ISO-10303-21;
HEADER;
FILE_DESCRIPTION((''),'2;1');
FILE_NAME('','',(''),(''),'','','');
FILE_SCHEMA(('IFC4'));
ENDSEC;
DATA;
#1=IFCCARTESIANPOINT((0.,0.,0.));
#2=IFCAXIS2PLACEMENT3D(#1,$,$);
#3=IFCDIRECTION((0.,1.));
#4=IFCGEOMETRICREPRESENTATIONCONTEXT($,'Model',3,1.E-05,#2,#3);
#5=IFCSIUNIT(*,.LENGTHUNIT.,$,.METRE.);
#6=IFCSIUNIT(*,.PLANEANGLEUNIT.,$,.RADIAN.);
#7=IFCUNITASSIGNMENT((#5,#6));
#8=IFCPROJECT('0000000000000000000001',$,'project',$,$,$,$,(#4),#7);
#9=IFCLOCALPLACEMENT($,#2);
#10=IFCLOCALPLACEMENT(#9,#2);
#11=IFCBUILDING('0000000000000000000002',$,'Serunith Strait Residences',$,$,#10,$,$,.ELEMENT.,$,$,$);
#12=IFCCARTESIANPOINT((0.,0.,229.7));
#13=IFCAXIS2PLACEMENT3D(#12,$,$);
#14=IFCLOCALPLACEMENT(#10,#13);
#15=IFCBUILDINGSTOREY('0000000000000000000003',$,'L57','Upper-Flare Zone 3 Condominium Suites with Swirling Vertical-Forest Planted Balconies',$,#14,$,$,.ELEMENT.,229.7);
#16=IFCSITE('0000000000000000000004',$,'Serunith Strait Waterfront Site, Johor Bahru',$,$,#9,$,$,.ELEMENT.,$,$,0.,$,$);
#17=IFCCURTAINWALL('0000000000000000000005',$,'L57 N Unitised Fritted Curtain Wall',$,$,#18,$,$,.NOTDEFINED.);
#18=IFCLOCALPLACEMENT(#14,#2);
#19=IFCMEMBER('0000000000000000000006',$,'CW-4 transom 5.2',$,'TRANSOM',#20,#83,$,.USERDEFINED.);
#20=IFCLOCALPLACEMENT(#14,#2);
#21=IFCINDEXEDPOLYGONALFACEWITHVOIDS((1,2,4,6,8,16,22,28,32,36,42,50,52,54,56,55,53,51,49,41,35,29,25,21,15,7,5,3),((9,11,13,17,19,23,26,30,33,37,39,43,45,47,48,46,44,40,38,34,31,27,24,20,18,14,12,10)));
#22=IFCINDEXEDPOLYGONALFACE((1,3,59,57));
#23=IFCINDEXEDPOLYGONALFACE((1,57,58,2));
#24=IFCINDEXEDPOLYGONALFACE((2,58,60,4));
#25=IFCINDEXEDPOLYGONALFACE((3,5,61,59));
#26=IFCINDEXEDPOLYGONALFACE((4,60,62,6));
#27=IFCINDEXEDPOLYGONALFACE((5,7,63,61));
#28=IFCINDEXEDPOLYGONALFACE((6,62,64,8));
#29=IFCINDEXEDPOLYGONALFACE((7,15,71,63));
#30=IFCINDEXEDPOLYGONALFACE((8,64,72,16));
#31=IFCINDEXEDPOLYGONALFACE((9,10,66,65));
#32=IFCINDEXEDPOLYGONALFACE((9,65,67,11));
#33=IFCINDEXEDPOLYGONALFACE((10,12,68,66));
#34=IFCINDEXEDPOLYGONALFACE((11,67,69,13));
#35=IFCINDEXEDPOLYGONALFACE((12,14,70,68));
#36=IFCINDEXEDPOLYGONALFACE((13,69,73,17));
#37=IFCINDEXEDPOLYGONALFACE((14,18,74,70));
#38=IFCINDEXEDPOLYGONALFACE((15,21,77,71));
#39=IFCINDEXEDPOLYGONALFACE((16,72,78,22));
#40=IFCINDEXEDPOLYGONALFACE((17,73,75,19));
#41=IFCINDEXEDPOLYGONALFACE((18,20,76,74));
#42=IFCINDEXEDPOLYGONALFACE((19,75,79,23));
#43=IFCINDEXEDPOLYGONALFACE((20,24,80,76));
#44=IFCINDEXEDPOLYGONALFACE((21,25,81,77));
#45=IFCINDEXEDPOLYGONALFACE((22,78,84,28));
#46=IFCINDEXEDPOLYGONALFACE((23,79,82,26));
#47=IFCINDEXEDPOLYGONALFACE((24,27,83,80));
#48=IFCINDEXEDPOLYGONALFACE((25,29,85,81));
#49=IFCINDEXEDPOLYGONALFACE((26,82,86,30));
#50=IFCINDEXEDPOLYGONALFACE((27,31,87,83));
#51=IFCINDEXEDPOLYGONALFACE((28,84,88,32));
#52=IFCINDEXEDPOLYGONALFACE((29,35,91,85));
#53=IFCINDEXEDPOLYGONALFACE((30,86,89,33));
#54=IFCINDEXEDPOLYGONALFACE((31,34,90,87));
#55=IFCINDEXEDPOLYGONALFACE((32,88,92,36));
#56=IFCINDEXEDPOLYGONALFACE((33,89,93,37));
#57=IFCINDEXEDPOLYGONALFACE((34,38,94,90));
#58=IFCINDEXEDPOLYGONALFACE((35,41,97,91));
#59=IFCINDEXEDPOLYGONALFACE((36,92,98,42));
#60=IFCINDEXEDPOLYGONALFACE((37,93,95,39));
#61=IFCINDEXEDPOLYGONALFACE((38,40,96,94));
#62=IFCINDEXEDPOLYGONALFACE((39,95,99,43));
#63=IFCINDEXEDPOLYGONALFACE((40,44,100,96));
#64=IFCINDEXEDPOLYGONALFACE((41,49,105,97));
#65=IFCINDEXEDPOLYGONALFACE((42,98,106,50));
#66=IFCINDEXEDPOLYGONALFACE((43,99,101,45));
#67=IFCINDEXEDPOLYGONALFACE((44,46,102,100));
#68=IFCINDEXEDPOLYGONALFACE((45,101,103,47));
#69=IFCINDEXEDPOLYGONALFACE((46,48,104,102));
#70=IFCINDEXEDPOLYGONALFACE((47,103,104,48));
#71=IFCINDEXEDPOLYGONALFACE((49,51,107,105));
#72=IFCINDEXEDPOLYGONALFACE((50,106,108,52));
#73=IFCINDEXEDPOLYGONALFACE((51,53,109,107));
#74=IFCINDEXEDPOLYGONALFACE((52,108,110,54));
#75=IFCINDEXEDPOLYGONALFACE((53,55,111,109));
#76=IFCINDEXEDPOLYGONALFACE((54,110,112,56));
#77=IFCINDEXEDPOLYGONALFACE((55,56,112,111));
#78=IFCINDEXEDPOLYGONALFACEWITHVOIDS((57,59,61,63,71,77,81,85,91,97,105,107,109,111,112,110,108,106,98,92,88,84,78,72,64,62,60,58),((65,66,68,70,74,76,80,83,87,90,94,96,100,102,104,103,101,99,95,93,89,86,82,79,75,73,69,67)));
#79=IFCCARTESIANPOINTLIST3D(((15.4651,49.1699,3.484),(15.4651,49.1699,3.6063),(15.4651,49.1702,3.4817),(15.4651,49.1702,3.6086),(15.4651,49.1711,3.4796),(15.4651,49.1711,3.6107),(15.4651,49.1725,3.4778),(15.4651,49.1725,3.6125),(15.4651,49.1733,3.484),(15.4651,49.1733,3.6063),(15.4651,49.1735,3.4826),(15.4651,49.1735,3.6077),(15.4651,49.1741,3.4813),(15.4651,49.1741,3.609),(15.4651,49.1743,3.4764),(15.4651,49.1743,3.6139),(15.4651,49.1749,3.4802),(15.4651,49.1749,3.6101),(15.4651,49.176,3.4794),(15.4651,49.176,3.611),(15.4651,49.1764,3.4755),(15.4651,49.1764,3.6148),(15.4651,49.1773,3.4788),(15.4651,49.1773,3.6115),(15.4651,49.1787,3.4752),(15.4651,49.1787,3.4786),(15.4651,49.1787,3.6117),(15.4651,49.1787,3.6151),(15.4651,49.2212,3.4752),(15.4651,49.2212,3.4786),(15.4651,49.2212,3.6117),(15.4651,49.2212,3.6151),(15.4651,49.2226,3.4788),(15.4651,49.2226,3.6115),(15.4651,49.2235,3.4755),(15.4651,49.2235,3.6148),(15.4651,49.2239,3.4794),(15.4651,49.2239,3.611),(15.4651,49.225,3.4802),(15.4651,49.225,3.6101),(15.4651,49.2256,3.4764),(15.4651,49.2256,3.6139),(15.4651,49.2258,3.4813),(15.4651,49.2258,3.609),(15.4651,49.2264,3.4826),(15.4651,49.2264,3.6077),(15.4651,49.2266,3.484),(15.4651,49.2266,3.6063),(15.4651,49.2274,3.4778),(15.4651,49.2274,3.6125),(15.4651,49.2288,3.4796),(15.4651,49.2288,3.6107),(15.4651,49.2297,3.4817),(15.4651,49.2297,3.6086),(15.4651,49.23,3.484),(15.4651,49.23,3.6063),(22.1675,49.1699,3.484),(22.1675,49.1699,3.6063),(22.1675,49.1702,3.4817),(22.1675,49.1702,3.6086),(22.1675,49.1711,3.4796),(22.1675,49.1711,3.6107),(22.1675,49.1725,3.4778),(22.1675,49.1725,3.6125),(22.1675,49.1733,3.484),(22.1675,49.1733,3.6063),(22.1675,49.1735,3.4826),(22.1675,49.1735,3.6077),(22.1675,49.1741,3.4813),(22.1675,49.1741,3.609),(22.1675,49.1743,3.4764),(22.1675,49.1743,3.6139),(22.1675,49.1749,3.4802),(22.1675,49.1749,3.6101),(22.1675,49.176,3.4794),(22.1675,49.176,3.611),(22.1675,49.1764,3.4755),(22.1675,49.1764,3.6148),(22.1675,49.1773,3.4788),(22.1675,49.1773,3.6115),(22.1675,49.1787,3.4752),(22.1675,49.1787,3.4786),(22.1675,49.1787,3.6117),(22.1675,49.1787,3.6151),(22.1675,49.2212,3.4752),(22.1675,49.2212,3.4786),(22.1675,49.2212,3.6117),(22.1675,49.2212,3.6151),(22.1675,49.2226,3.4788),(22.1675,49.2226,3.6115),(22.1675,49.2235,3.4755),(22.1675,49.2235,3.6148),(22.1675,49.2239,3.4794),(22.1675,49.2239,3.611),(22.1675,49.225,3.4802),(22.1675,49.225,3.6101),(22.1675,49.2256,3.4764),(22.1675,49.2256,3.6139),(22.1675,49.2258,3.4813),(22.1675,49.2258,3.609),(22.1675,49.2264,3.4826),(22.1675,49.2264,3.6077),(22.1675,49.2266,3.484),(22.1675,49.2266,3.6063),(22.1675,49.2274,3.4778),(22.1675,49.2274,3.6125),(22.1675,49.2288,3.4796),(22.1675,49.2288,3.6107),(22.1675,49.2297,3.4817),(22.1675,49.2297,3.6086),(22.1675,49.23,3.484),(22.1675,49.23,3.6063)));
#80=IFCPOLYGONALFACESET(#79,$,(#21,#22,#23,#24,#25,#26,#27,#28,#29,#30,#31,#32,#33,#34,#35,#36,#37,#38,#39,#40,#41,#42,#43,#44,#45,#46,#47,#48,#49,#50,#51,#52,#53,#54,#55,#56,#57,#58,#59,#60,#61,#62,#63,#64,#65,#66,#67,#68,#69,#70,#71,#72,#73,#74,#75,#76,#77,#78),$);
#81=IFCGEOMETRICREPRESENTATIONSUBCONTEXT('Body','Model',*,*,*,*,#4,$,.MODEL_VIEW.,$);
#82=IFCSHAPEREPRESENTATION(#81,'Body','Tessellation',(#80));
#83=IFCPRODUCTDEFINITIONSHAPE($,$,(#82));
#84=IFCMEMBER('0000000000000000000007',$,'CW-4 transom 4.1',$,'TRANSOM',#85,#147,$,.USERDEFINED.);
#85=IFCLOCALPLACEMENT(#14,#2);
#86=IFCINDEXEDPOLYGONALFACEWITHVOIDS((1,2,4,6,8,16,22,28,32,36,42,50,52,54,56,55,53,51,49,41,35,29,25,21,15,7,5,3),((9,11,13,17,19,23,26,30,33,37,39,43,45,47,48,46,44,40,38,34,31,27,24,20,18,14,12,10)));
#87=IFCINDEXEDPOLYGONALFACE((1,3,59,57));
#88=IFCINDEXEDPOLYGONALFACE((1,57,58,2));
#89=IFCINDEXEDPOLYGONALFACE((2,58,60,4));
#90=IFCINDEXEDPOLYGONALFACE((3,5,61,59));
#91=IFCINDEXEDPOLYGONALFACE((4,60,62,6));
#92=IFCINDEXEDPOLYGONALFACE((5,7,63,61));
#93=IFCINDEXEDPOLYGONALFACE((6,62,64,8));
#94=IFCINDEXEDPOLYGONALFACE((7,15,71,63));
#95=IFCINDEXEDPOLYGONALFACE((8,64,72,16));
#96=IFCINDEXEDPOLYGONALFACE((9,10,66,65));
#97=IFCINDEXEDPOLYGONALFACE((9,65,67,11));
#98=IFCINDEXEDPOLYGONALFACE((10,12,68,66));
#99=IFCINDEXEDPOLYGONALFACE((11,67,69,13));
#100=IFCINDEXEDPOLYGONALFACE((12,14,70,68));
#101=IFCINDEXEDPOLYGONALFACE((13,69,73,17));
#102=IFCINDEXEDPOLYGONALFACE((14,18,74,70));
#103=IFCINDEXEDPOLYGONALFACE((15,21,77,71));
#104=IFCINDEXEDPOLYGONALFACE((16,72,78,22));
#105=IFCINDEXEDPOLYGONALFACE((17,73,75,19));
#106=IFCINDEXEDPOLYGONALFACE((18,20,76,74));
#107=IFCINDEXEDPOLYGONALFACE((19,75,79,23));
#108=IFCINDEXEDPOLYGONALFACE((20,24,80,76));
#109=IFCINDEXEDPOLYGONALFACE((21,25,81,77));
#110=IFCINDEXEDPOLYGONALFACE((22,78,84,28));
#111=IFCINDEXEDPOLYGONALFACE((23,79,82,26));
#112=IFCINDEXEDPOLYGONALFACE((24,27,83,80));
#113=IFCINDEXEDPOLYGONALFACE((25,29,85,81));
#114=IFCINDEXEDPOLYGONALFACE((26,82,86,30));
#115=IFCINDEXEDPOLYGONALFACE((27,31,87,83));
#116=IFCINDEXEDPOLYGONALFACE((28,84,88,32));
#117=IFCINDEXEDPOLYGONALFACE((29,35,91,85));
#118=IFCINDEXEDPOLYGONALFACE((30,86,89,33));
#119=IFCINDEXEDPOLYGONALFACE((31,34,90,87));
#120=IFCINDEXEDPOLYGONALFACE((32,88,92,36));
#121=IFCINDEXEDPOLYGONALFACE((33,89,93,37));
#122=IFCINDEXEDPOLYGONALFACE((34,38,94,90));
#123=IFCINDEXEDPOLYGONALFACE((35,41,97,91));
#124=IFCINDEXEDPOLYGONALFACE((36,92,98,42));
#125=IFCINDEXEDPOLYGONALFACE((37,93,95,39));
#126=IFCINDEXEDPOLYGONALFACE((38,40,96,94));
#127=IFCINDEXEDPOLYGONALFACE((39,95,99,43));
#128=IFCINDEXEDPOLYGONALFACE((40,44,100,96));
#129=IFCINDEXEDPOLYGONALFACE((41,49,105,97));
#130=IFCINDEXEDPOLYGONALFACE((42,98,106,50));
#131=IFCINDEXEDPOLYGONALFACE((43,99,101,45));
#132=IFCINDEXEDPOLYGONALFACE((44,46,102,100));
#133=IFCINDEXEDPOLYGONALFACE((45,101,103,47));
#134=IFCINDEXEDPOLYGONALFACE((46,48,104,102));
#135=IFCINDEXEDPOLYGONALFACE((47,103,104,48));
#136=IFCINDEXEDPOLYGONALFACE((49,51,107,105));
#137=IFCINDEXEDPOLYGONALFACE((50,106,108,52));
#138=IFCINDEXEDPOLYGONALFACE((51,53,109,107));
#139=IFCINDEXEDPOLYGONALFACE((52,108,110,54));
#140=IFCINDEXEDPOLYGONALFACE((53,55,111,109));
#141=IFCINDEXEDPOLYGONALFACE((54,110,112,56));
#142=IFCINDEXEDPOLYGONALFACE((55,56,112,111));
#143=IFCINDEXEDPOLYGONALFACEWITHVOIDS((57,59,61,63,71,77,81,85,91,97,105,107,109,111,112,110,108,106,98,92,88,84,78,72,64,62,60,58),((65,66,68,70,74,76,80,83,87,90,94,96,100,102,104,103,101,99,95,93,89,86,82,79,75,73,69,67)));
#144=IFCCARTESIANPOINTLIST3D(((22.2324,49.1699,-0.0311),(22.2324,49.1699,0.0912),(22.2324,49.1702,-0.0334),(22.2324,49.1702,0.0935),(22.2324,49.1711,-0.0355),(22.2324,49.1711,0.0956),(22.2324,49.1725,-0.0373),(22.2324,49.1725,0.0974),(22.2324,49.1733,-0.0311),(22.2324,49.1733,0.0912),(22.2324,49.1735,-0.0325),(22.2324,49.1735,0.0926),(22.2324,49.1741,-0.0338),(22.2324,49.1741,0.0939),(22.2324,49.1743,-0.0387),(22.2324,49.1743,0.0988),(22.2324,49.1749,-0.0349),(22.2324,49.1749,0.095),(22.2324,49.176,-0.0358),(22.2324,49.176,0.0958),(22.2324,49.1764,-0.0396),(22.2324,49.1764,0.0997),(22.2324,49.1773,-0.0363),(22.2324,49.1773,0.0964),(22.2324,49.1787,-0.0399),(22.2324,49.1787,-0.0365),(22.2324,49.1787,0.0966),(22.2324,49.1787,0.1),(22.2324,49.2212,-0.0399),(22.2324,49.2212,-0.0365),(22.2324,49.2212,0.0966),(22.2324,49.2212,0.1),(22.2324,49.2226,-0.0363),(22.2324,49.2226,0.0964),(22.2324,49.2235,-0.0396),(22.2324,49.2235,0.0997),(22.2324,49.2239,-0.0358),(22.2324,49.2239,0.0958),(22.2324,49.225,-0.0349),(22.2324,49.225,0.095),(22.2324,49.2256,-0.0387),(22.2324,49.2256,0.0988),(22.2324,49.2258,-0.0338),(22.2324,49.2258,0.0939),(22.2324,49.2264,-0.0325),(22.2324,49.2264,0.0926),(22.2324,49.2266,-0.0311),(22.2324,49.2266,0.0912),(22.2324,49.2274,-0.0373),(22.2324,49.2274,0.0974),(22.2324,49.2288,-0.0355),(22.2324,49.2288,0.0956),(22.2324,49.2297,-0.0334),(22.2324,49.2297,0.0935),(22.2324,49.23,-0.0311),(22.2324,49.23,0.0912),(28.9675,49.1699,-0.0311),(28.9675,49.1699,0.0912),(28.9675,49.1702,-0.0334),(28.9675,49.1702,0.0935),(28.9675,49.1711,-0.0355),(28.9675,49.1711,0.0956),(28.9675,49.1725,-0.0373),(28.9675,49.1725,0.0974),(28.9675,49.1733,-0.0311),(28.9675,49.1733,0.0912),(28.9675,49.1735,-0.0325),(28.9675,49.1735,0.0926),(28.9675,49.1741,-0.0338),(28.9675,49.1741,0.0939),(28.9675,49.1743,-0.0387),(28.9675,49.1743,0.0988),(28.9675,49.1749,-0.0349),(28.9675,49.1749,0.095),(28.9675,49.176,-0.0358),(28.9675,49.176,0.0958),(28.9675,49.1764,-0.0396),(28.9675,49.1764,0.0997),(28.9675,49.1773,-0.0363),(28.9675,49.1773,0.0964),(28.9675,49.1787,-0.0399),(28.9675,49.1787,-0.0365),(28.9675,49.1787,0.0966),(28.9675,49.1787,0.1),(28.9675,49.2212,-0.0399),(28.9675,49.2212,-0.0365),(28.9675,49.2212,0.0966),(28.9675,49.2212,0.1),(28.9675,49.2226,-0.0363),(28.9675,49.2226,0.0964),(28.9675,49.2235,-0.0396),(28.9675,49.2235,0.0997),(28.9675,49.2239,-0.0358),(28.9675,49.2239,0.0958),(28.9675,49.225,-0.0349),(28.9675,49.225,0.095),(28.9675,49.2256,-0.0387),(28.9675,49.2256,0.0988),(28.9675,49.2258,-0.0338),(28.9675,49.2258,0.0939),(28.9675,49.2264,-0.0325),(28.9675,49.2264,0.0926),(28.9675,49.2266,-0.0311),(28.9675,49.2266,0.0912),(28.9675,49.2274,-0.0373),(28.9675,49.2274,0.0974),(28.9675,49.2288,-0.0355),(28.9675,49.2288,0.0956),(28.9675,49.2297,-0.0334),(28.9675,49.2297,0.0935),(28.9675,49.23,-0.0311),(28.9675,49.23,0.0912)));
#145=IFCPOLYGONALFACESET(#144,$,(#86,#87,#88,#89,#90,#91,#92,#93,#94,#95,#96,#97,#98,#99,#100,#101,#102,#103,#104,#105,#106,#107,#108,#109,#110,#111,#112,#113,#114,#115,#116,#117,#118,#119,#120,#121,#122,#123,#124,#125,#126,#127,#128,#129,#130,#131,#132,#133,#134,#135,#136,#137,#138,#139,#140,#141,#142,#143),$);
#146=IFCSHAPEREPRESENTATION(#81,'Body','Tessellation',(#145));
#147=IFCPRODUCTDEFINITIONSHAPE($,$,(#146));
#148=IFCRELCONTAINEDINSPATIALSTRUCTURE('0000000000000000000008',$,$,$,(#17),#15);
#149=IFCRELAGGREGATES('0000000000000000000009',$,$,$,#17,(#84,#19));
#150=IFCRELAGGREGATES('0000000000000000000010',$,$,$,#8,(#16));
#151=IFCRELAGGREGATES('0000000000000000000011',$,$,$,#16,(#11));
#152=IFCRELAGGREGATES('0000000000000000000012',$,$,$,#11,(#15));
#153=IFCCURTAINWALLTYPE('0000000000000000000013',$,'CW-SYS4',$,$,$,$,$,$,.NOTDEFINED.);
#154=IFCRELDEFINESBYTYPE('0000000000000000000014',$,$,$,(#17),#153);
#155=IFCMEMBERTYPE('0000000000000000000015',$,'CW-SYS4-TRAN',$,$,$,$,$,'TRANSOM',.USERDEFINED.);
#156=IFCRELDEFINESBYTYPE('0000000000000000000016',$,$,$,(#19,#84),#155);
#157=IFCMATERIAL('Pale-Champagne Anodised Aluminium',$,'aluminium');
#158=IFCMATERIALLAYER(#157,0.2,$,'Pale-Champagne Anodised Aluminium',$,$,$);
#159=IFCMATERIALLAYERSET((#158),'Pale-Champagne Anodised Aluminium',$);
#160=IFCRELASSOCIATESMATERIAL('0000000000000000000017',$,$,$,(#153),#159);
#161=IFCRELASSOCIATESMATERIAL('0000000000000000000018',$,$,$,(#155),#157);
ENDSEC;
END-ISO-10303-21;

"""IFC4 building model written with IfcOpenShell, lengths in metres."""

from ifc_helpers import new_model, si_unit, direction, frame, origin, origin_2d, place, context, subcontext, project, spatial, hollow_rectangle, extrude, source, transform, mapped, material, layer, layer_set, material_profile, profile_set, type_object, element, aggregate, save


model = new_model("IFC4")

# Units and contexts
model_context = context("Model", 3, precision=1e-05, world=origin(), true_north=direction((0.0, 1.0)))
body_context = subcontext(model_context, "Body", "Model", "MODEL_VIEW")
ifc_project = project(units=[si_unit("LENGTHUNIT", "METRE"), si_unit("PLANEANGLEUNIT", "RADIAN")], contexts=[model_context])

# Site, building, storey
site_placement = place(None, origin())
site = spatial("IfcSite", under=ifc_project, at=site_placement, Name="Serunith Strait Waterfront Site, Johor Bahru", CompositionType="ELEMENT", RefElevation=0.0)
building_placement = place(site_placement, origin())
building = spatial("IfcBuilding", under=site, at=building_placement, Name="Serunith Strait Residences", CompositionType="ELEMENT")
storey_placement = place(building_placement, frame((0.0, 0.0, 229.7)))
storey = spatial("IfcBuildingStorey", under=building, at=storey_placement, Name="L57", Description="Upper-Flare Zone 3 Condominium Suites with Swirling Vertical-Forest Planted Balconies", CompositionType="ELEMENT", Elevation=229.7)

# Curtain wall, members
ifc_material_1 = material(Name="Pale-Champagne Anodised Aluminium", Category="aluminium")
ifc_layer_1 = layer(ifc_material_1, 0.2, Name="Pale-Champagne Anodised Aluminium")
ifc_layer_set_1 = layer_set([ifc_layer_1], Name="Pale-Champagne Anodised Aluminium")
curtain_wall_type = type_object("IfcCurtainWallType", Name="CW-SYS4", PredefinedType="NOTDEFINED", material=ifc_layer_set_1)
curtain_wall_placement = place(storey_placement, origin())
curtain_wall = element("IfcCurtainWall", 1, at=curtain_wall_placement, inside=storey, type_object=curtain_wall_type, Name="L57 N Unitised Fritted Curtain Wall", PredefinedType="NOTDEFINED")
ifc_material_profile_1 = material_profile(ifc_material_1, hollow_rectangle(XDim=0.0601, YDim=0.1399, WallThickness=0.0034, InnerFilletRadius=0.0054, OuterFilletRadius=0.0088, at=origin_2d()), Name="ALU 140x60x3.5")
ifc_profile_set_1 = profile_set([ifc_material_profile_1], Name="Pale-Champagne Anodised Aluminium")
member_type_1 = type_object("IfcMemberType", Name="CW-SYS4-TRAN", ElementType="TRANSOM", PredefinedType="USERDEFINED", material=ifc_profile_set_1)
shared_shape_1 = source(origin(), body_context, "Body", "SweptSolid", [
    extrude(hollow_rectangle(XDim=0.0601, YDim=0.1399, WallThickness=0.0034, InnerFilletRadius=0.0054, OuterFilletRadius=0.0088, at=origin_2d()), origin(), (0.0, 0.0, 1.0), 6.7024),
])
member_1_placement = place(storey_placement, frame((22.1675, 49.2, 3.5452), z_axis=(-1.0, 0.0, 0.0), x_axis=(0.0, -1.0, 0.0)))
member_1 = element("IfcMember", 2, at=member_1_placement, type_object=member_type_1, Name="CW-4 transom 5.2", ObjectType="TRANSOM", PredefinedType="USERDEFINED", context=body_context, shape_type="MappedRepresentation", body=[
    mapped(shared_shape_1, transform((0.0, 0.0, 0.0), scale=1.0)),
])
shared_shape_2 = source(origin(), body_context, "Body", "SweptSolid", [
    extrude(hollow_rectangle(XDim=0.0601, YDim=0.1399, WallThickness=0.0034, InnerFilletRadius=0.0054, OuterFilletRadius=0.0088, at=origin_2d()), origin(), (0.0, 0.0, 1.0), 6.7351),
])
member_2_placement = place(storey_placement, frame((28.9675, 49.2, 0.03), z_axis=(-1.0, 0.0, 0.0), x_axis=(0.0, -1.0, 0.0)))
member_2 = element("IfcMember", 3, at=member_2_placement, type_object=member_type_1, Name="CW-4 transom 4.1", ObjectType="TRANSOM", PredefinedType="USERDEFINED", context=body_context, shape_type="MappedRepresentation", body=[
    mapped(shared_shape_2, transform((0.0, 0.0, 0.0), scale=1.0)),
])
aggregate(curtain_wall, [member_2, member_1])

save(model, "model.ifc")
